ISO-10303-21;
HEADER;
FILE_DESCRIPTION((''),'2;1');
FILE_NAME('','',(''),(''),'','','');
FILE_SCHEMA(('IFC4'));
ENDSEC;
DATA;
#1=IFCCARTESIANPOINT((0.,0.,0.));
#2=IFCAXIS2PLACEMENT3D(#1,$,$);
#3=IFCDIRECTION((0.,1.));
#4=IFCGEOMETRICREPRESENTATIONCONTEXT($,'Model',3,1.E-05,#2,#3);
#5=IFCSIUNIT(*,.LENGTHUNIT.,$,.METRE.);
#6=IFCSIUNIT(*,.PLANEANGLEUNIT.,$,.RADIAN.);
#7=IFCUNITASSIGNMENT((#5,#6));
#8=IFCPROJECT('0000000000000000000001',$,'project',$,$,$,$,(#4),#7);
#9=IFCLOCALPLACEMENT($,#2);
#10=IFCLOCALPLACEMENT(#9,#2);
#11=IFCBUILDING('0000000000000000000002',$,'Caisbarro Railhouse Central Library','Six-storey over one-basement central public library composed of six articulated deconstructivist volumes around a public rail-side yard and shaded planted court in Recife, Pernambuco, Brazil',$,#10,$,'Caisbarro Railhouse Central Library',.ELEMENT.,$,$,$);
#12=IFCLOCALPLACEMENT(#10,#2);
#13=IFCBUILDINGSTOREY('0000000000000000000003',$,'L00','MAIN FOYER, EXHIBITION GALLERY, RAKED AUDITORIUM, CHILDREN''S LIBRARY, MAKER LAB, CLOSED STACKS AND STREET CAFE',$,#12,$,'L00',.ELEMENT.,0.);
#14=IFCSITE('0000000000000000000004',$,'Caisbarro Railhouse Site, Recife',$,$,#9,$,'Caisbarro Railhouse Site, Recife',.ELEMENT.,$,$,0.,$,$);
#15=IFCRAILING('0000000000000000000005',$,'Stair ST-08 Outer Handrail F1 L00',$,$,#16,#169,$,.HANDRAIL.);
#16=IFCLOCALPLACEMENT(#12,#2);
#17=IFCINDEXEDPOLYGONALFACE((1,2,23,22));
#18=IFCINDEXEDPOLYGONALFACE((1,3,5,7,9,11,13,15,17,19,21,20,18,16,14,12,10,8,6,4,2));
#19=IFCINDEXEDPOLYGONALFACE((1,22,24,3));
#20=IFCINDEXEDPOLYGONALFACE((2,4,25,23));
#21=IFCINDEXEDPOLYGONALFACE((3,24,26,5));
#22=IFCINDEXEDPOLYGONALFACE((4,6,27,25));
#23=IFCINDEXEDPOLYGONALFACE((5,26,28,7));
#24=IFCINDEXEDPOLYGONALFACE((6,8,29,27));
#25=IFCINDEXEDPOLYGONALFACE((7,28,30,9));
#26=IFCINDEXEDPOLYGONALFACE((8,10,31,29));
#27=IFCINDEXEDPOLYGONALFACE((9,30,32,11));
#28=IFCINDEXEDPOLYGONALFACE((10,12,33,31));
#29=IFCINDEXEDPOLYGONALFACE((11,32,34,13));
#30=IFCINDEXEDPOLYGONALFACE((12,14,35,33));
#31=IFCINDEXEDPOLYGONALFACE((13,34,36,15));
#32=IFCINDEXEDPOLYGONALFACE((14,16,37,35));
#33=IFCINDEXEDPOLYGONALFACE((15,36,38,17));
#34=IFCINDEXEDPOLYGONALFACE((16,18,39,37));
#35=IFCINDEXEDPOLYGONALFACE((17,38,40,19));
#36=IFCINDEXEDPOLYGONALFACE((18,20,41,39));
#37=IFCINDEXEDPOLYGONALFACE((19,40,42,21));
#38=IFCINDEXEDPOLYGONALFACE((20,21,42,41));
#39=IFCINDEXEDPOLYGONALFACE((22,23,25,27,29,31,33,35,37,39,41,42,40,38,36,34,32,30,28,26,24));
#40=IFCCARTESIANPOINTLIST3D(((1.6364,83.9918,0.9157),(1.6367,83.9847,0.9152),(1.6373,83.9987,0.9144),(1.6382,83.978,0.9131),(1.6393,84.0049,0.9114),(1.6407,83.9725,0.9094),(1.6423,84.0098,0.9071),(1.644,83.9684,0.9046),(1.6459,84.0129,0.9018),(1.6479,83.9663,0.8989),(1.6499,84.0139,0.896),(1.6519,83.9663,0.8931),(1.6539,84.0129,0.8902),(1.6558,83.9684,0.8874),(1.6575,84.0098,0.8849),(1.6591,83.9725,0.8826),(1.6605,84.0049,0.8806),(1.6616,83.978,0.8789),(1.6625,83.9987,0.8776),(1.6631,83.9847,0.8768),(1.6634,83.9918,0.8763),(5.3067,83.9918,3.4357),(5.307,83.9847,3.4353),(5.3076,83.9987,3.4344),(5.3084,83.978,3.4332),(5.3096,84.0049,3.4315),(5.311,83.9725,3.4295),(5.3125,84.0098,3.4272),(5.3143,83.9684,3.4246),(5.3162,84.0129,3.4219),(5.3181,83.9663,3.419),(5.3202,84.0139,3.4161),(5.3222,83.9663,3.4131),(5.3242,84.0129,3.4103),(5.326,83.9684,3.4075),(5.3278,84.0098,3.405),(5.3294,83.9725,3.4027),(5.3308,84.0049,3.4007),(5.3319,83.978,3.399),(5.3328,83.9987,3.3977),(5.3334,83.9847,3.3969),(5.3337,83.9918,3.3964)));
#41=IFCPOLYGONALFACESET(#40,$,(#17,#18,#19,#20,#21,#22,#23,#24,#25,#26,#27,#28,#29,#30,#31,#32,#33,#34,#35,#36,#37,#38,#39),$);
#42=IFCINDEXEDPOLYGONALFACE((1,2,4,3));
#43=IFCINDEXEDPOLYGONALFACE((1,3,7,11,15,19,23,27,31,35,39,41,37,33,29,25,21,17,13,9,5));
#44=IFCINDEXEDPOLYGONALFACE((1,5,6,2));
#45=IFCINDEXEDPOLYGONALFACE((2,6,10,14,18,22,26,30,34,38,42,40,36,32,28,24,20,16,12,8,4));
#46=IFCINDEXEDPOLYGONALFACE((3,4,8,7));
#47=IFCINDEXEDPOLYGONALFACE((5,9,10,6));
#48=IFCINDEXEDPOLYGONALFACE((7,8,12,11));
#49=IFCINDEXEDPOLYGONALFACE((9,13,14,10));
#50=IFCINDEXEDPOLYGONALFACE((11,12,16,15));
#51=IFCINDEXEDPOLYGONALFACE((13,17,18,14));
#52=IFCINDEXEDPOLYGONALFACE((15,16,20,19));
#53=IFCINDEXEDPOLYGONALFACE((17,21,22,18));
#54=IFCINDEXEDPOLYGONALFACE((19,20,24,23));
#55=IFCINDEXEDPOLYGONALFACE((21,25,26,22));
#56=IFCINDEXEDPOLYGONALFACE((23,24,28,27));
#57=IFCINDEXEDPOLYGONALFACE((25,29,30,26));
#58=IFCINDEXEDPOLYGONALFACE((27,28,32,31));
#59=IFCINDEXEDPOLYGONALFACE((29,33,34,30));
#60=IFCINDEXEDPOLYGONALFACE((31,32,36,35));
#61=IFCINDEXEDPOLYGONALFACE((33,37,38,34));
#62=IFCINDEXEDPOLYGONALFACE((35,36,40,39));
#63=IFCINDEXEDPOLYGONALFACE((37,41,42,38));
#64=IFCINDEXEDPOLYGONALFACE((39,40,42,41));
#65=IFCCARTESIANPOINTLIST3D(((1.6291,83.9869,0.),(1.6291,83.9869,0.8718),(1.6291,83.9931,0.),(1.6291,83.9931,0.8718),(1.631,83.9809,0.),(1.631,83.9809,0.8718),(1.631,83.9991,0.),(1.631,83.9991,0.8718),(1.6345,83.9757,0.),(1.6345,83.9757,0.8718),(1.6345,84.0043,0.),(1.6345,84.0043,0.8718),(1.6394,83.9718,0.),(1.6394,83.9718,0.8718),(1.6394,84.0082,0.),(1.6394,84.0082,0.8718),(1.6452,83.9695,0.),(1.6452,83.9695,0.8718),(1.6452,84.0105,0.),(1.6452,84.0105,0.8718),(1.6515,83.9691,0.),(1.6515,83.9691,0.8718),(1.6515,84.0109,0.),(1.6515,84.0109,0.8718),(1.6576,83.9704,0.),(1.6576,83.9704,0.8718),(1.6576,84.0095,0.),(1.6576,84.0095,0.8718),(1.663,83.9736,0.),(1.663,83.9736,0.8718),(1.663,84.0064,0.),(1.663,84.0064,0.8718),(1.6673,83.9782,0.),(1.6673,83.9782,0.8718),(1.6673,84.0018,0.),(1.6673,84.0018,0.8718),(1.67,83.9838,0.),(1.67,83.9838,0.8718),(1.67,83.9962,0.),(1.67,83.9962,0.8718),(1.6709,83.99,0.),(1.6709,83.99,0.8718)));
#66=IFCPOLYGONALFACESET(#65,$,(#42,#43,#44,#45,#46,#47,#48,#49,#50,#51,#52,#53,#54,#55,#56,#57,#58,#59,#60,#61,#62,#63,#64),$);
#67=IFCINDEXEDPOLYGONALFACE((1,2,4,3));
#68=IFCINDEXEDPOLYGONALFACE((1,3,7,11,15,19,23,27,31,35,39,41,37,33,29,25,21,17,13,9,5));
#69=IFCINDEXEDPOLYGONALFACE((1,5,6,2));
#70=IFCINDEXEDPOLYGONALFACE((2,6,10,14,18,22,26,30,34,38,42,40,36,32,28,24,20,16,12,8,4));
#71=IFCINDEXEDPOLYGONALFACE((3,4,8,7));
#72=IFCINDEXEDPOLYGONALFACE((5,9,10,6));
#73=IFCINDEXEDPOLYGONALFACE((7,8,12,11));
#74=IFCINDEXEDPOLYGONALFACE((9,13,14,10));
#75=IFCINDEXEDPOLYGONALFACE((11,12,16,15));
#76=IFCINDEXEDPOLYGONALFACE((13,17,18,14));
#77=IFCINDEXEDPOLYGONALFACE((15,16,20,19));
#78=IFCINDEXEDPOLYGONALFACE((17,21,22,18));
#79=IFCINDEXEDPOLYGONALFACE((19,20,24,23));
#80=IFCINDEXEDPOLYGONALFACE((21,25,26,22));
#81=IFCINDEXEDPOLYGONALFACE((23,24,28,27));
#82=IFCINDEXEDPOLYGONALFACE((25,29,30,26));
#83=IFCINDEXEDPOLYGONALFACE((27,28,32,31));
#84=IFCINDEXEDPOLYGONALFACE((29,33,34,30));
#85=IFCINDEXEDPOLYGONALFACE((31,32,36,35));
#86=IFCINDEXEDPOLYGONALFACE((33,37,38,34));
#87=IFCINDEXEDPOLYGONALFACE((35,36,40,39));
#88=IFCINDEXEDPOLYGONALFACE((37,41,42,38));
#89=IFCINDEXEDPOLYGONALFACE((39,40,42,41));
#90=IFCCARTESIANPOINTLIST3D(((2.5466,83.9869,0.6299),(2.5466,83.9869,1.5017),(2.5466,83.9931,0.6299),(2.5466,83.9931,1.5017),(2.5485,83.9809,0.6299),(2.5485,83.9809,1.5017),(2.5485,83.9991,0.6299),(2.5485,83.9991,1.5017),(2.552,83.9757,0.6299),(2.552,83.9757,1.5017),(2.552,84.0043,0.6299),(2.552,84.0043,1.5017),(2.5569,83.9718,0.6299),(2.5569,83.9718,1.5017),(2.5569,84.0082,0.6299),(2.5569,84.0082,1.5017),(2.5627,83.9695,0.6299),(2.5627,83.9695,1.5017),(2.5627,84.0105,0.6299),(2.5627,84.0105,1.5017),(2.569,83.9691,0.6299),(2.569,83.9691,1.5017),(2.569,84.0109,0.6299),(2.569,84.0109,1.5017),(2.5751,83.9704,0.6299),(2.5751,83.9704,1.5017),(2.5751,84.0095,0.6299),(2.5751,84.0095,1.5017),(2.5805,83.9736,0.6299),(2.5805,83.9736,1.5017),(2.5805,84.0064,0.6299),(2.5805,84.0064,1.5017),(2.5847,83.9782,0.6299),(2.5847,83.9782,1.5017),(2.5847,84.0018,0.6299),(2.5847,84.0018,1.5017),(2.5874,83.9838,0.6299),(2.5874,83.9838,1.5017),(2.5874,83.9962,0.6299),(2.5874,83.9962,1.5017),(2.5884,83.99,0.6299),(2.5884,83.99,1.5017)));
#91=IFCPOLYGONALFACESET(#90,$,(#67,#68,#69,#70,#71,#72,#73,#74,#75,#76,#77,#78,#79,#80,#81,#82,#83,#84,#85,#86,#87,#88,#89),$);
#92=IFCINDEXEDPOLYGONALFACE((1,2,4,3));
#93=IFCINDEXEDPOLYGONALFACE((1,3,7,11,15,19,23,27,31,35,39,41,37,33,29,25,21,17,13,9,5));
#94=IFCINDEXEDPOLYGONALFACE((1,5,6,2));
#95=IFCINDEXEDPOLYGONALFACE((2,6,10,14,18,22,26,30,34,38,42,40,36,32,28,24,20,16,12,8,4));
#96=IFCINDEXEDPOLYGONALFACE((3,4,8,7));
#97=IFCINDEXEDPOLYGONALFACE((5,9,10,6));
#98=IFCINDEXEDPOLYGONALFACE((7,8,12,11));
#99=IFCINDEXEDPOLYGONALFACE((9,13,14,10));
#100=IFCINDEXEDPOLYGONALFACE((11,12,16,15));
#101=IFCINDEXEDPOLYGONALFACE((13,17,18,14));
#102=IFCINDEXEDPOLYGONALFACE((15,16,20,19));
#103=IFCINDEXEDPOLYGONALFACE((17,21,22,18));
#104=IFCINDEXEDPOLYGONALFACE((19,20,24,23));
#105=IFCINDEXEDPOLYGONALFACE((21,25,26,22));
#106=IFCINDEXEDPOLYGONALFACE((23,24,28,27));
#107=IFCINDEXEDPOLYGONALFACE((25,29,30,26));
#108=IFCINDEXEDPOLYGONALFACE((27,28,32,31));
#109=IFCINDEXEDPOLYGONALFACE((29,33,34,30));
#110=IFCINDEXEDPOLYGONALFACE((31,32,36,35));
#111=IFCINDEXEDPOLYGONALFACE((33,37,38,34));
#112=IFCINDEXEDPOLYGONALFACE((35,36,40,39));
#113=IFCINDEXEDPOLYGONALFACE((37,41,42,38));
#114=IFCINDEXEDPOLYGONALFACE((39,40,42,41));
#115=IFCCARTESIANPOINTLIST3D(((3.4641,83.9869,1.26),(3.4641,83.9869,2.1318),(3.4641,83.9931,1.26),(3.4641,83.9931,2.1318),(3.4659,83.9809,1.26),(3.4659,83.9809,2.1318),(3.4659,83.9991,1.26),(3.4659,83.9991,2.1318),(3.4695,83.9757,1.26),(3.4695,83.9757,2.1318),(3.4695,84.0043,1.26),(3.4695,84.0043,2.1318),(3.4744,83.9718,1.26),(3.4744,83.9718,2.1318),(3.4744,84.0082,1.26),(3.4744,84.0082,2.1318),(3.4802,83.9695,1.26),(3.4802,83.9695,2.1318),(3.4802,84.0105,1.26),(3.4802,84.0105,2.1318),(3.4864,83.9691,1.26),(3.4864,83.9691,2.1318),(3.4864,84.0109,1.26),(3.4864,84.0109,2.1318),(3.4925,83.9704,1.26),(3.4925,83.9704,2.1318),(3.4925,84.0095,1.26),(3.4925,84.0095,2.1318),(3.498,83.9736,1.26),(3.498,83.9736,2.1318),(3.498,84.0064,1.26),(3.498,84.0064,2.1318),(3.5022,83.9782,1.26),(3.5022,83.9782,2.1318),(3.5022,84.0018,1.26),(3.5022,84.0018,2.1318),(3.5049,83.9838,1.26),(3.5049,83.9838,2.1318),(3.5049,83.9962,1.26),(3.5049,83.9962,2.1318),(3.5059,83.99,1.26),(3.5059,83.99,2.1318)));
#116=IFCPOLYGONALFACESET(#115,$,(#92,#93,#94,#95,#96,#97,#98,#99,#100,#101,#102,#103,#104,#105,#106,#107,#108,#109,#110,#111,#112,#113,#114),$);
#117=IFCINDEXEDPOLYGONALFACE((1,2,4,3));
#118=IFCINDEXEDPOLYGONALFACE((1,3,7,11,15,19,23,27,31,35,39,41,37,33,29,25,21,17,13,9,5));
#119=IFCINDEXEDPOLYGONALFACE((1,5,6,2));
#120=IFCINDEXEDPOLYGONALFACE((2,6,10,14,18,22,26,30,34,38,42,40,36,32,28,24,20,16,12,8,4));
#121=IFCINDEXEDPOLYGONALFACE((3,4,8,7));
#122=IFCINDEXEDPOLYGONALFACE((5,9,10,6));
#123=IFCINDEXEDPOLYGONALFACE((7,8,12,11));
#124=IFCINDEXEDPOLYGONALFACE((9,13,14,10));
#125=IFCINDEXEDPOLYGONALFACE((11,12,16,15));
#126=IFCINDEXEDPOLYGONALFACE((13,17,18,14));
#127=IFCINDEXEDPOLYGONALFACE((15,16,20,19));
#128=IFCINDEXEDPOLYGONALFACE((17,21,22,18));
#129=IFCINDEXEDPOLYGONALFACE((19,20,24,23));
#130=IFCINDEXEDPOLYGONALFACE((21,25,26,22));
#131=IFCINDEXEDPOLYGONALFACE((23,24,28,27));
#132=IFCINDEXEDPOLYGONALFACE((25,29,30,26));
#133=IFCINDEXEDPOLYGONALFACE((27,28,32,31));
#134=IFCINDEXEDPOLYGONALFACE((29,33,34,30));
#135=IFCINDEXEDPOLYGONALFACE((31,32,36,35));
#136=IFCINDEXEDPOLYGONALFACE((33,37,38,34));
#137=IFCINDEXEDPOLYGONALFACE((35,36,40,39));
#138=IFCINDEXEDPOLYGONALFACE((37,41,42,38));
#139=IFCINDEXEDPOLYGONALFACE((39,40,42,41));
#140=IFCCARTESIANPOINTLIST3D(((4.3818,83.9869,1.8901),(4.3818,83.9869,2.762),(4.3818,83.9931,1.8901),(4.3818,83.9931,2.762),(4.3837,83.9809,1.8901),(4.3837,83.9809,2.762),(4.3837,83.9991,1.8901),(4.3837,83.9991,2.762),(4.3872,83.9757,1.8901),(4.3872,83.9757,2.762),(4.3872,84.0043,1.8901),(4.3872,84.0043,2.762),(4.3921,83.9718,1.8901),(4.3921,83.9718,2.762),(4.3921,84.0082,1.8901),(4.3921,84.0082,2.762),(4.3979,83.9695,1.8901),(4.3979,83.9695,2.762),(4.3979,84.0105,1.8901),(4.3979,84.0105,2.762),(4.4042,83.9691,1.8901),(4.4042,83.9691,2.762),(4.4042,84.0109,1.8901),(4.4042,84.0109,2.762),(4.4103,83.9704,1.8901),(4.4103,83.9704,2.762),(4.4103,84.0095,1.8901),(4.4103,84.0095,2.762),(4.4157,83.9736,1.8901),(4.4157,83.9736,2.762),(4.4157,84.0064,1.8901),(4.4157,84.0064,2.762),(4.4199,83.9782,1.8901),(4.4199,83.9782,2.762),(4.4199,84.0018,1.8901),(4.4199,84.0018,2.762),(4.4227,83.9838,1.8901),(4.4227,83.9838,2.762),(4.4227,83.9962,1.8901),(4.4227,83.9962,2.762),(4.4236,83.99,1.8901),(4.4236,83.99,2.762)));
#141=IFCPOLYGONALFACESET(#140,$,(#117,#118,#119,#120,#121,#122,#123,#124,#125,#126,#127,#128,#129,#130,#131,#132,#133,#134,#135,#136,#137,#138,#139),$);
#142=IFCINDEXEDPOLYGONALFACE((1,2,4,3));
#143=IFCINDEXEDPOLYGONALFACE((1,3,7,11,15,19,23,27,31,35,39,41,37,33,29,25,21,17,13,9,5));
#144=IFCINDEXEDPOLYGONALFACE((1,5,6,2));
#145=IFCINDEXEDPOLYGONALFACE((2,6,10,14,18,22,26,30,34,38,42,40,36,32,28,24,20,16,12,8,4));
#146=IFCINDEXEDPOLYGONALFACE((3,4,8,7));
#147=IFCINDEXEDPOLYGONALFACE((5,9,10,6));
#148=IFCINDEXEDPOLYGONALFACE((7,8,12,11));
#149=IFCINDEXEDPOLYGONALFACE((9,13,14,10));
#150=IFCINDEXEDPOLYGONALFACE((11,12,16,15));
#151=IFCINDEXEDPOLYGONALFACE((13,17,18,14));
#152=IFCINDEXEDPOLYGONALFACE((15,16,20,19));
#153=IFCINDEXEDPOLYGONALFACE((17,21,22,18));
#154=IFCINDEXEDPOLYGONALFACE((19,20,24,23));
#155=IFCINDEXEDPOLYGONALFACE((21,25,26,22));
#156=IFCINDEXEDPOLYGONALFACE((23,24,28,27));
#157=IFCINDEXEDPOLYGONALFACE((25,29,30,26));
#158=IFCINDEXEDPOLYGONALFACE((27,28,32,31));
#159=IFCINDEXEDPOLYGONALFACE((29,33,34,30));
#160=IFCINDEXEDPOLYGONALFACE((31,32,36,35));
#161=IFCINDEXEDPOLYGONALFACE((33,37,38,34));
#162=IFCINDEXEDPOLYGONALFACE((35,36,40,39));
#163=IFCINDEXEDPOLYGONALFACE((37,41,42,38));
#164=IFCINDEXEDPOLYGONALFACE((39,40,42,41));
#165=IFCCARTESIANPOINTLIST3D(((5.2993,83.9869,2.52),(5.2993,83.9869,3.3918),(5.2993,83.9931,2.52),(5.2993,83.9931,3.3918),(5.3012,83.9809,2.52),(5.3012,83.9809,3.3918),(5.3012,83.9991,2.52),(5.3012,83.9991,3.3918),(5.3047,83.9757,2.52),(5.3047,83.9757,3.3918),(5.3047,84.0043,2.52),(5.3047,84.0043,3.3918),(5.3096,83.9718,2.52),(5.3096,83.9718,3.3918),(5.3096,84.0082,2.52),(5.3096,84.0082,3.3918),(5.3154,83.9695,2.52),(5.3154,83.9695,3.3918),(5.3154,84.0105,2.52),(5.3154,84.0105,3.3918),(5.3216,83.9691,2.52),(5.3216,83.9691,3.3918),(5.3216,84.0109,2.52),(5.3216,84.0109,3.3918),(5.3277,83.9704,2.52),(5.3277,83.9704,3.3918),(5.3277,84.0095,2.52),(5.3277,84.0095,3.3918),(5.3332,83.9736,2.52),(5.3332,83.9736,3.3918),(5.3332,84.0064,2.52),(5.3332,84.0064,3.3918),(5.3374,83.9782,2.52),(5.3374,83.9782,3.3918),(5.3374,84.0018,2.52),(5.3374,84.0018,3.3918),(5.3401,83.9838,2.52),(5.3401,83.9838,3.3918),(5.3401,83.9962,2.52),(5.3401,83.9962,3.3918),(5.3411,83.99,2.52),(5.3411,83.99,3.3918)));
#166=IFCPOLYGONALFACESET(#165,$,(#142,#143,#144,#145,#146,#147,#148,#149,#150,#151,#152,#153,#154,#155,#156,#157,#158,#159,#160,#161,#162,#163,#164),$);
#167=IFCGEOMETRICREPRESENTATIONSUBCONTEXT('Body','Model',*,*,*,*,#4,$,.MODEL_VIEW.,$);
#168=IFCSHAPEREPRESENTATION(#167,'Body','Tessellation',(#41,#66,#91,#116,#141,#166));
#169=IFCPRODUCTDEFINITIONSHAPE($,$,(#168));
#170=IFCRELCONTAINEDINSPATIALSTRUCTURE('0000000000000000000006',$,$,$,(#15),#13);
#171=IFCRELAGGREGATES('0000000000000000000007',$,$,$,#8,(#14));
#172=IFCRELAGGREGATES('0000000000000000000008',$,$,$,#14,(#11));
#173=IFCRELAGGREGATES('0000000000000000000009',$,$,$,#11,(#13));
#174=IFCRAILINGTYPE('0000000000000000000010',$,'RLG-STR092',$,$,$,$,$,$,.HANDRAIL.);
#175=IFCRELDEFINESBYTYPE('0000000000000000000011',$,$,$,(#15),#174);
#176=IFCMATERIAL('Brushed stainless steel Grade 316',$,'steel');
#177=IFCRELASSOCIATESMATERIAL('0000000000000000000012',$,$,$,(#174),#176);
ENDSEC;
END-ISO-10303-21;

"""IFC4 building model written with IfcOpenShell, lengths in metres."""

from ifc_helpers import new_model, si_unit, direction, frame, origin, origin_2d, place, context, subcontext, project, spatial, circle, extrude, material, type_object, element, save


model = new_model("IFC4")

# Units and contexts
model_context = context("Model", 3, precision=1e-05, world=origin(), true_north=direction((0.0, 1.0)))
body_context = subcontext(model_context, "Body", "Model", "MODEL_VIEW")
ifc_project = project(units=[si_unit("LENGTHUNIT", "METRE"), si_unit("PLANEANGLEUNIT", "RADIAN")], contexts=[model_context])

# Site, building, storey
site_placement = place(None, origin())
site = spatial("IfcSite", under=ifc_project, at=site_placement, Name="Caisbarro Railhouse Site, Recife", LongName="Caisbarro Railhouse Site, Recife", CompositionType="ELEMENT", RefElevation=0.0)
building_placement = place(site_placement, origin())
building = spatial("IfcBuilding", under=site, at=building_placement, Name="Caisbarro Railhouse Central Library", Description="Six-storey over one-basement central public library composed of six articulated deconstructivist volumes around a public rail-side yard and shaded planted court in Recife, Pernambuco, Brazil", LongName="Caisbarro Railhouse Central Library", CompositionType="ELEMENT")
storey_placement = place(building_placement, origin())
storey = spatial("IfcBuildingStorey", under=building, at=storey_placement, Name="L00", Description="MAIN FOYER, EXHIBITION GALLERY, RAKED AUDITORIUM, CHILDREN'S LIBRARY, MAKER LAB, CLOSED STACKS AND STREET CAFE", LongName="L00", CompositionType="ELEMENT", Elevation=0.0)

# Railing
ifc_material_1 = material(Name="Brushed stainless steel Grade 316", Category="steel")
railing_type_1 = type_object("IfcRailingType", Name="RLG-STR092", PredefinedType="HANDRAIL", material=ifc_material_1)
railing_1_placement = place(storey_placement, frame((1.6499, 83.99, 0.0)))
element("IfcRailing", 1, at=railing_1_placement, inside=storey, type_object=railing_type_1, Name="Stair ST-08 Outer Handrail F1 L00", PredefinedType="HANDRAIL", context=body_context, shape_type="SweptSolid", body=[
    extrude(circle(Radius=0.0239, at=origin_2d()), frame((0.0, 0.0, 0.896), z_axis=(0.824379, 0.0, 0.566038), x_axis=(0.0, 1.0, 0.0)), (0.0, 0.0, 1.0), 4.4521),
    extrude(circle(Radius=0.021, at=origin_2d()), origin(), (0.0, 0.0, 1.0), 0.8718),
    extrude(circle(Radius=0.021, at=origin_2d()), frame((0.9175, 0.0, 0.6299)), (0.0, 0.0, 1.0), 0.8718),
    extrude(circle(Radius=0.021, at=origin_2d()), frame((1.835, 0.0, 1.26)), (0.0, 0.0, 1.0), 0.8718),
    extrude(circle(Radius=0.021, at=origin_2d()), frame((2.7527, 0.0, 1.8901)), (0.0, 0.0, 1.0), 0.8718),
    extrude(circle(Radius=0.021, at=origin_2d()), frame((3.6702, 0.0, 2.52)), (0.0, 0.0, 1.0), 0.8718),
])

save(model, "model.ifc")
